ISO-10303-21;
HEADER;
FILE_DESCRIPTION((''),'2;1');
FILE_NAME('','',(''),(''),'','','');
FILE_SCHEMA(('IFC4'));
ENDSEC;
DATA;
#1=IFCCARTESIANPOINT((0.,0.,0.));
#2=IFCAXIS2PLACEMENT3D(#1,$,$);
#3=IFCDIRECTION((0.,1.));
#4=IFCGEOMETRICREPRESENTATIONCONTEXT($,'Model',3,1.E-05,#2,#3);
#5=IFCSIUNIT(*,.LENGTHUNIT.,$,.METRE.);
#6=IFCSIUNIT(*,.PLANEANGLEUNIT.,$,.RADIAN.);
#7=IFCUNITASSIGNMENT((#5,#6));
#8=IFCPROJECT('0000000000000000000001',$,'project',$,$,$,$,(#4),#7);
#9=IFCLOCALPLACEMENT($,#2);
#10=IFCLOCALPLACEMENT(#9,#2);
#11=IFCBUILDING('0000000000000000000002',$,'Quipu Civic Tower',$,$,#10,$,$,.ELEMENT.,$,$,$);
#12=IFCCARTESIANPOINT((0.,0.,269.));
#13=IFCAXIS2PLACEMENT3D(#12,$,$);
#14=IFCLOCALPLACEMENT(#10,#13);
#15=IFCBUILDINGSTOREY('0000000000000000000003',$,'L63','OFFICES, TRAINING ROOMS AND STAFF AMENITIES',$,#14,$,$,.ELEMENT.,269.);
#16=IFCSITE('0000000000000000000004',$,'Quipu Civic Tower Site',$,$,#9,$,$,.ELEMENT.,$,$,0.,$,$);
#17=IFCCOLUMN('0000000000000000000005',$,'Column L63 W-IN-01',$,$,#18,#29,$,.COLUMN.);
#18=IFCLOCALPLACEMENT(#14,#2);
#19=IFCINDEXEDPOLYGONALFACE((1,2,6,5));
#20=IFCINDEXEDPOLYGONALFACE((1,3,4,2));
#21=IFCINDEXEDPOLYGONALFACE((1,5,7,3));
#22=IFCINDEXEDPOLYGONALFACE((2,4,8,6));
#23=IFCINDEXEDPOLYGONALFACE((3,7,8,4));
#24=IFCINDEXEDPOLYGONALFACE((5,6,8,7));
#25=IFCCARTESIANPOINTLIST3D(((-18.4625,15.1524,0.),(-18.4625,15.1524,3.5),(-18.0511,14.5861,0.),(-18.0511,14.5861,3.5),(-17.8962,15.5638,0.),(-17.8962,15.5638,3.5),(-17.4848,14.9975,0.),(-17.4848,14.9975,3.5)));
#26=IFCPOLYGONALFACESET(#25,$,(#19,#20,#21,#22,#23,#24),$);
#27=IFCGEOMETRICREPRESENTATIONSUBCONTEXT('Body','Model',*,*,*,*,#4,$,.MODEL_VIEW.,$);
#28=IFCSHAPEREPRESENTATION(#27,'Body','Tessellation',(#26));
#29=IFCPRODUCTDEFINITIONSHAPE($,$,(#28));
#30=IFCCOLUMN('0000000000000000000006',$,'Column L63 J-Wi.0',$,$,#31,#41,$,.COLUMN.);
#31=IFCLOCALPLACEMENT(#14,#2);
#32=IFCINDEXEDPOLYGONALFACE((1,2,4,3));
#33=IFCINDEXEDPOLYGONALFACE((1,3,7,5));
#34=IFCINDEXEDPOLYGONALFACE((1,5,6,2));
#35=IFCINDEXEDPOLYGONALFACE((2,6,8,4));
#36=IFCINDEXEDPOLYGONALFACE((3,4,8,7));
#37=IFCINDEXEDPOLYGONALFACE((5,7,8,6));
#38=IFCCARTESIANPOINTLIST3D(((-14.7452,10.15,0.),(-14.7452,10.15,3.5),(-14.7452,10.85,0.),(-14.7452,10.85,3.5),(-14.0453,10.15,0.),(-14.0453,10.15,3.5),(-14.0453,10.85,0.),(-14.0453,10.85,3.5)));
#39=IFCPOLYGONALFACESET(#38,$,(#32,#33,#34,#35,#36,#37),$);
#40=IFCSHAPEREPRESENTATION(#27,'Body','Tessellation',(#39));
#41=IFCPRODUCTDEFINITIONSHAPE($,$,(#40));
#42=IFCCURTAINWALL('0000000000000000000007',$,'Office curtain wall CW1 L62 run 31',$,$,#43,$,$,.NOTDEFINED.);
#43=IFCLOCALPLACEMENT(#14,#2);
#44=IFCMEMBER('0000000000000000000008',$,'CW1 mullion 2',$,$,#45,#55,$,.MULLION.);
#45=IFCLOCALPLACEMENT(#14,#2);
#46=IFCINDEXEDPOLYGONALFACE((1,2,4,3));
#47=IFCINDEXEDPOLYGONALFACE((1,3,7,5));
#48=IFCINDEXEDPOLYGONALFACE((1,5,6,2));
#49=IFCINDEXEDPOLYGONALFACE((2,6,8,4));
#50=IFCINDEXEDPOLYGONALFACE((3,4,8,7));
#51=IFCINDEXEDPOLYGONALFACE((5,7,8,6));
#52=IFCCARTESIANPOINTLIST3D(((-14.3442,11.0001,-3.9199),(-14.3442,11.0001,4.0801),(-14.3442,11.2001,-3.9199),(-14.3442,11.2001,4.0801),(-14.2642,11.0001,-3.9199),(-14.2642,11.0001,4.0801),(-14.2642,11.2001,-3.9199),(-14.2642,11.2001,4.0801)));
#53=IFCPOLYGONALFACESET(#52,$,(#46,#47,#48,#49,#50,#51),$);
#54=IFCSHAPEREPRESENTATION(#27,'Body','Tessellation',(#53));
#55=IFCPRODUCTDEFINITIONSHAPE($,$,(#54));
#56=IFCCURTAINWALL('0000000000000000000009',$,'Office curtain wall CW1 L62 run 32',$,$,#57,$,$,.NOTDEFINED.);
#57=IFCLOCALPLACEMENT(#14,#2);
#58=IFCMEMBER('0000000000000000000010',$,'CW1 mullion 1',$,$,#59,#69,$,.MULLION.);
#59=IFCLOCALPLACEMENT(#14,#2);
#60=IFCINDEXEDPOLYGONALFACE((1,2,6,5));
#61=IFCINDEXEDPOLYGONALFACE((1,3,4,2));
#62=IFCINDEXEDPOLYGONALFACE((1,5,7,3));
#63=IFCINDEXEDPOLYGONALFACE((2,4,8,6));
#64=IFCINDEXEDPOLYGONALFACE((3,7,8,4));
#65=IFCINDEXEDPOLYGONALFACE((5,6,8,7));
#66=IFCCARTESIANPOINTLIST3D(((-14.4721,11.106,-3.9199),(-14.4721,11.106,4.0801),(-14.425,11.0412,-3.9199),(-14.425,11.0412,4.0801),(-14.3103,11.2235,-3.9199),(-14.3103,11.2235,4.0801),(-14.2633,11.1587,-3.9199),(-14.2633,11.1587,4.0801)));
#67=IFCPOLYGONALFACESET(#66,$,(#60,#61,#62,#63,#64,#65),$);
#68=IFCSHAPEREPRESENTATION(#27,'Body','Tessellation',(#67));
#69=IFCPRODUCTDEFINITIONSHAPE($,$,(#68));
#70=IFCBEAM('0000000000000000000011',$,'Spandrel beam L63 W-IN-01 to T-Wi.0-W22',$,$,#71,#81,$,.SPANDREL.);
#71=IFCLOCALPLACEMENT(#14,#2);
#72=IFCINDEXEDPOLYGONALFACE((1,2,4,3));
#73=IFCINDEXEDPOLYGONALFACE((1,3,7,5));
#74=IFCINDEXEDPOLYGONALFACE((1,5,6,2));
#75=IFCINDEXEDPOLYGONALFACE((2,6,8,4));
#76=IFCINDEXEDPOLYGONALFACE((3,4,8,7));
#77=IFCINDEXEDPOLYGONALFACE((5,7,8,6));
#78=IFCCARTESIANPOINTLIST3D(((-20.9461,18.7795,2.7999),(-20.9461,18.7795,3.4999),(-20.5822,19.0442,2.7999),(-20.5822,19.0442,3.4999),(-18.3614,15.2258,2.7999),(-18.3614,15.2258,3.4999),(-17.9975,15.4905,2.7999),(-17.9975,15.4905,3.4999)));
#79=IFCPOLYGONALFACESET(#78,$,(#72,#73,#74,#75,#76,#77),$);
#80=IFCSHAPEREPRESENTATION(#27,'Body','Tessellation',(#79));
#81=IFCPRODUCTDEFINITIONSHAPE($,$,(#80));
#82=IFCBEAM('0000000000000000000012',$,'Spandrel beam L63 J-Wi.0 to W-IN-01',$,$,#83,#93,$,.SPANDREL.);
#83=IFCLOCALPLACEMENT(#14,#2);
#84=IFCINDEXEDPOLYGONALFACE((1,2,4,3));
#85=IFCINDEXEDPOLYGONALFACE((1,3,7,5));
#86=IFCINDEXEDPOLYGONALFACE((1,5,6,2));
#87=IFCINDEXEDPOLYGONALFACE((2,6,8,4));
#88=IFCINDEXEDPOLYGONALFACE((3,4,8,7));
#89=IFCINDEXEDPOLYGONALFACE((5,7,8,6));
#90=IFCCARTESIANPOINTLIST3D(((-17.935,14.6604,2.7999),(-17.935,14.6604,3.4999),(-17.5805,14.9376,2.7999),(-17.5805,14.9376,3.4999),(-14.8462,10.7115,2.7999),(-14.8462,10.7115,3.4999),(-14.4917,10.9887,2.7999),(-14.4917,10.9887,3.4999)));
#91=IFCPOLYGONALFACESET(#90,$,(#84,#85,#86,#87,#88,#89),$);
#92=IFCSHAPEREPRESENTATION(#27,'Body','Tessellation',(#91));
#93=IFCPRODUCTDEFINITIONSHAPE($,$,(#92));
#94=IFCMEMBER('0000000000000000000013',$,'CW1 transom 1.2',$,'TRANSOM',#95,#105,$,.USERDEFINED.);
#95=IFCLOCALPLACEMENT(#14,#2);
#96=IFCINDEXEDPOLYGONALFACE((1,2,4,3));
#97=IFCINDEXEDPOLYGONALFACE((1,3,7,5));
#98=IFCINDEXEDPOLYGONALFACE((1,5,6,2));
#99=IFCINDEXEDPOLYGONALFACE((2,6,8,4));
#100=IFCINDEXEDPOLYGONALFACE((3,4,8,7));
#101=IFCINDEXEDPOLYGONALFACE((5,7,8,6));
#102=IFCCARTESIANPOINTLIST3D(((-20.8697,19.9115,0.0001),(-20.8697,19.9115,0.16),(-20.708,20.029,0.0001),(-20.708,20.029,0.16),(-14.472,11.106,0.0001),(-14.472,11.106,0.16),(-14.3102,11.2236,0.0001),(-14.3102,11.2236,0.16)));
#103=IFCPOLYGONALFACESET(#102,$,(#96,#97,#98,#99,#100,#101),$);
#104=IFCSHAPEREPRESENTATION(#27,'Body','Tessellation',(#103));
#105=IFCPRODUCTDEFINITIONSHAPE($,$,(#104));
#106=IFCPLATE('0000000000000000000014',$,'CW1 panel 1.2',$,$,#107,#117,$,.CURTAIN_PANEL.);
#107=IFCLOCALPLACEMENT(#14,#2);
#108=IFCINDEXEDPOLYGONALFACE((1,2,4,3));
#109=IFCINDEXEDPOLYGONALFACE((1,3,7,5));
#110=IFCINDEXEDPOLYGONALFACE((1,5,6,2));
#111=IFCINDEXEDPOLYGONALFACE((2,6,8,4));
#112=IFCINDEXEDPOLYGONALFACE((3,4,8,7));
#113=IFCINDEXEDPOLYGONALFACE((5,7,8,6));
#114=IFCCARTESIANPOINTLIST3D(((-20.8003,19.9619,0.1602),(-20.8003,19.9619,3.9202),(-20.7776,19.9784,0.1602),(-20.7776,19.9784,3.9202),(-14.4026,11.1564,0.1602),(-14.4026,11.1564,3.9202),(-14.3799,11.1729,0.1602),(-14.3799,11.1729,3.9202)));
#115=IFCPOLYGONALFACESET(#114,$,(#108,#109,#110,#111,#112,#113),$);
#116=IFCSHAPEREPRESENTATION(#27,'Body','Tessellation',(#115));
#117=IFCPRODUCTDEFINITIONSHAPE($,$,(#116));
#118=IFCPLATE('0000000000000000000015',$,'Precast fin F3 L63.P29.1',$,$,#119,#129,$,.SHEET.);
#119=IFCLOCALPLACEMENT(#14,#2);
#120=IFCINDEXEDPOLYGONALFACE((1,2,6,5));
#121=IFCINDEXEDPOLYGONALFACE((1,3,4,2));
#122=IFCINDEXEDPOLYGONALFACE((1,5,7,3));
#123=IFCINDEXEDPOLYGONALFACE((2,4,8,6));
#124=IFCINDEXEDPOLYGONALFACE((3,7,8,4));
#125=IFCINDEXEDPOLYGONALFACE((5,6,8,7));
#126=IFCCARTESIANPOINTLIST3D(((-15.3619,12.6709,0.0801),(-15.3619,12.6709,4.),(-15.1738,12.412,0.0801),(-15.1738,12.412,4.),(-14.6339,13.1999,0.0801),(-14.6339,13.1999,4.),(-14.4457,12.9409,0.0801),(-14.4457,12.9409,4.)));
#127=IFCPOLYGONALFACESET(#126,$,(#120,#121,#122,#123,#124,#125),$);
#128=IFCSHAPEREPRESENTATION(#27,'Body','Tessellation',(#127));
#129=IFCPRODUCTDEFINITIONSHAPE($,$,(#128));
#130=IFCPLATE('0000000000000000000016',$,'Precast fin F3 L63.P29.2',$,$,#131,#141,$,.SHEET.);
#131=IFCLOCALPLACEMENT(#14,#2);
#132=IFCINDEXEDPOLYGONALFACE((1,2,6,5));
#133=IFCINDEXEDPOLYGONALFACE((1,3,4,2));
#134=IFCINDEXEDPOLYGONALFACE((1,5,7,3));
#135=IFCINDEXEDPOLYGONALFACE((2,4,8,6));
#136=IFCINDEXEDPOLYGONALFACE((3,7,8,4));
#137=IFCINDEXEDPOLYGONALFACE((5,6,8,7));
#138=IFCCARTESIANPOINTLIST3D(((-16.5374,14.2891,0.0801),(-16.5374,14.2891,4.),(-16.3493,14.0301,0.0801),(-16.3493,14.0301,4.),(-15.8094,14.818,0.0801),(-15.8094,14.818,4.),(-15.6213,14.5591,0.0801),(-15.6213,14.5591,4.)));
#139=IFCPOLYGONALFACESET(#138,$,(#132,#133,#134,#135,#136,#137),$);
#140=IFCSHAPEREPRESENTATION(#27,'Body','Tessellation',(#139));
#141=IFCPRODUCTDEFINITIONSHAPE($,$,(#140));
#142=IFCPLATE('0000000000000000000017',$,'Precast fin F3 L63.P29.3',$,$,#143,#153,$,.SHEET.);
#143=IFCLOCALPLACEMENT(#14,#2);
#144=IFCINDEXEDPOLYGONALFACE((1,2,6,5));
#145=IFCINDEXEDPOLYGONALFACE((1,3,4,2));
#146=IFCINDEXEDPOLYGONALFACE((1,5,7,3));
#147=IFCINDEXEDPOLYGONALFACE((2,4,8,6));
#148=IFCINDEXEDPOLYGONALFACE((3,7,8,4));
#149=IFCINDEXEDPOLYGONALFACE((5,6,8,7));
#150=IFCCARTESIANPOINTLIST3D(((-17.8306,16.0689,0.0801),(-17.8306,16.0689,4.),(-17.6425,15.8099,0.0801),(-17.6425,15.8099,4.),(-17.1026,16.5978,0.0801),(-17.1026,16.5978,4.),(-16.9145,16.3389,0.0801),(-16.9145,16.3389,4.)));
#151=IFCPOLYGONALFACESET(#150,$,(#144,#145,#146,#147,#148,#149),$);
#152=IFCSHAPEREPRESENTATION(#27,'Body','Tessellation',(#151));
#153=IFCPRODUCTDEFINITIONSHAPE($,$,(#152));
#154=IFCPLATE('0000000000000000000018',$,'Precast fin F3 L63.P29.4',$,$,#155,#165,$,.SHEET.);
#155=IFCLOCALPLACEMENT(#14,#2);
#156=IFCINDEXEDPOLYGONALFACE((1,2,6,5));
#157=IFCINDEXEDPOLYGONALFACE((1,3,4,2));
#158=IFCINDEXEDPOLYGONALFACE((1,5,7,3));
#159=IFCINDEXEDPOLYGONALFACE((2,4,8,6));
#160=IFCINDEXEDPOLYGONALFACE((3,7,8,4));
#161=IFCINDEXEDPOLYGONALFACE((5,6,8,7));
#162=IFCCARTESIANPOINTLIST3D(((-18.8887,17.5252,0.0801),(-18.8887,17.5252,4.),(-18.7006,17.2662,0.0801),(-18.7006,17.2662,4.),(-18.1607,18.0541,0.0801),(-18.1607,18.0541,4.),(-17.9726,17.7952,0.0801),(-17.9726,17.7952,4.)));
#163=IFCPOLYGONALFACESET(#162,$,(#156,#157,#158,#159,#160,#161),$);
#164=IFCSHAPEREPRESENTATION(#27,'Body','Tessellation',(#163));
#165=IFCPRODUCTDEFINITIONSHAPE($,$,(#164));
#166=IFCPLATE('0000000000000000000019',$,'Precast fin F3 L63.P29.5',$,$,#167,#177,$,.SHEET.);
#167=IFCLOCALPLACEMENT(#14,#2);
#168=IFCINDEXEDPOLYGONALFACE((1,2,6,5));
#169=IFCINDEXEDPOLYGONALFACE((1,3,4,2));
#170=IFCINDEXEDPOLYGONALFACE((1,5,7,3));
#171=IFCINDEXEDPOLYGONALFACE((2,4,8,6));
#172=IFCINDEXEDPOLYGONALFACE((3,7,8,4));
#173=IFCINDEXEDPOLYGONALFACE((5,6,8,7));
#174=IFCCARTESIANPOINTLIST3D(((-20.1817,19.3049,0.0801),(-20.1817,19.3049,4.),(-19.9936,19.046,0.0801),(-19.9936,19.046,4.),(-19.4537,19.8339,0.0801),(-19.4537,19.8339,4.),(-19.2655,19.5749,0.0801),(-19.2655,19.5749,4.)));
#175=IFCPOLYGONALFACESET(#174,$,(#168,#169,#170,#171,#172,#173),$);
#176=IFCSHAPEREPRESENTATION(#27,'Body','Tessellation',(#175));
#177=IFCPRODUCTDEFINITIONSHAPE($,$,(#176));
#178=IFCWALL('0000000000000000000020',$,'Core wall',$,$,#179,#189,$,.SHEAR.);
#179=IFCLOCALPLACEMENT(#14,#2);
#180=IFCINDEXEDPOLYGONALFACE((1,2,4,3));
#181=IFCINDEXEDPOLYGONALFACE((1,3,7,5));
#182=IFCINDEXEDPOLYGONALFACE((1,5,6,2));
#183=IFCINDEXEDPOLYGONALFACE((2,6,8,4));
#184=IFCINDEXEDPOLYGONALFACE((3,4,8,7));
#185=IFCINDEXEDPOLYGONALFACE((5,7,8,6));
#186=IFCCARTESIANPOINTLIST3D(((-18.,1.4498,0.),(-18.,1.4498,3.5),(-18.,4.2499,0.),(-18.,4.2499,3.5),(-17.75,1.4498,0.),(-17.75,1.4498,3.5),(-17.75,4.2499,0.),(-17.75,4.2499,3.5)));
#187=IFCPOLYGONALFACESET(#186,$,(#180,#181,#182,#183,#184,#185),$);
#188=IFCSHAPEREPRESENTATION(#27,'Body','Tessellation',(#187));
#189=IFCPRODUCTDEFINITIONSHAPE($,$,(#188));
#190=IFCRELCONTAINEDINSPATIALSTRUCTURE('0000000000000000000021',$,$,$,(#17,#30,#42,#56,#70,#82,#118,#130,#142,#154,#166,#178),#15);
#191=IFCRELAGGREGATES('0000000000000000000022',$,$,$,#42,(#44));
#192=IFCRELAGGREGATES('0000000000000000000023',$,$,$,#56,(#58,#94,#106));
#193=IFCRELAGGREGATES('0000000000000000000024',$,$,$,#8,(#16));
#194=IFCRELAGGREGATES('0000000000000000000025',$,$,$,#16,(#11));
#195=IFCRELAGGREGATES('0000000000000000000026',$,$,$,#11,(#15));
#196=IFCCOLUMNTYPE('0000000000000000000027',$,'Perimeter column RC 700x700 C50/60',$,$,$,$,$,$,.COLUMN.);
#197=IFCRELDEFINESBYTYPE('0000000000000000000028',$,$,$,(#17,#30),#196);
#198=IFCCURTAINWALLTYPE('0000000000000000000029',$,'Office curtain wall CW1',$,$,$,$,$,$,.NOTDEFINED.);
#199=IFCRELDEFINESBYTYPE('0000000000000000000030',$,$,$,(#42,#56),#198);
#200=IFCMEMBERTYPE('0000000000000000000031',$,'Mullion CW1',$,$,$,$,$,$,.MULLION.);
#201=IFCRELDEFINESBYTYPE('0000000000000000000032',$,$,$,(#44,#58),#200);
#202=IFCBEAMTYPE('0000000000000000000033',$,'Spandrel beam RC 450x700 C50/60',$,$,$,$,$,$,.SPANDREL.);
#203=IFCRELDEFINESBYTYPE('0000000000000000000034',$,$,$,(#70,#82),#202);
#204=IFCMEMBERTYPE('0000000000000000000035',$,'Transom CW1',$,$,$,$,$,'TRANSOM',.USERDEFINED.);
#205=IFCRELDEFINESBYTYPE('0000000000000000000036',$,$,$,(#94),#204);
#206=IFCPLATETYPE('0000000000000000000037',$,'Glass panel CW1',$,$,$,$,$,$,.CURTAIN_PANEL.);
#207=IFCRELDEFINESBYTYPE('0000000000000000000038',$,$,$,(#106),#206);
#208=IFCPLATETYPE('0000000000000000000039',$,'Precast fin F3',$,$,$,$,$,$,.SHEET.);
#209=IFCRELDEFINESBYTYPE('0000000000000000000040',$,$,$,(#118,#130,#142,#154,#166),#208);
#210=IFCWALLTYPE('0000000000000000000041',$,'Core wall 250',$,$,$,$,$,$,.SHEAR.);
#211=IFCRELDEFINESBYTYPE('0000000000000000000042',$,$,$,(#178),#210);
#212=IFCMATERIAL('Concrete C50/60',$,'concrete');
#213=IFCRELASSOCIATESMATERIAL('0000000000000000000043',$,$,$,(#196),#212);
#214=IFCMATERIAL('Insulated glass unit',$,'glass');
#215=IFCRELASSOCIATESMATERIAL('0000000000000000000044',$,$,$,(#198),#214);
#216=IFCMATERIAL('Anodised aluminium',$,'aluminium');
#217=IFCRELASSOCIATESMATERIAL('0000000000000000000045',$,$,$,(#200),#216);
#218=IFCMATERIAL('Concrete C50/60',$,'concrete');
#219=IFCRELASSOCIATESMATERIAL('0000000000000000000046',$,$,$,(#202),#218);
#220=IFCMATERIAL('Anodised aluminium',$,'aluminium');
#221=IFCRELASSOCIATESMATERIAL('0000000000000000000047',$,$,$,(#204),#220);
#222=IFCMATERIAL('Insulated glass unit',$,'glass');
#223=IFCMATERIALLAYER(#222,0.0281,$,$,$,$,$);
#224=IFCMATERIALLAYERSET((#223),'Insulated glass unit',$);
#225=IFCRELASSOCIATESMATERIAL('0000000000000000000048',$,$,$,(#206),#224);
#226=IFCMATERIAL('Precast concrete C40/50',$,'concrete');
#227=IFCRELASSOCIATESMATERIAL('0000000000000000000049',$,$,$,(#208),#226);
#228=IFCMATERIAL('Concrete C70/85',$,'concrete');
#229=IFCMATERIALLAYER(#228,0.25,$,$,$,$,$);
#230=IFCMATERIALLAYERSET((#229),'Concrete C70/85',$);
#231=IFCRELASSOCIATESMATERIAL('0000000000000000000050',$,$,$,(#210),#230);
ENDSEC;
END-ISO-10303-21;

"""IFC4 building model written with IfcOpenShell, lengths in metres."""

from ifc_helpers import new_model, si_unit, direction, frame, frame_2d, origin, origin_2d, place, context, subcontext, project, spatial, rectangle, extrude, material, layer, layer_set, material_profile, profile_set, type_object, element, aggregate, save


model = new_model("IFC4")

# Units and contexts
model_context = context("Model", 3, precision=1e-05, world=origin(), true_north=direction((0.0, 1.0)))
body_context = subcontext(model_context, "Body", "Model", "MODEL_VIEW")
ifc_project = project(units=[si_unit("LENGTHUNIT", "METRE"), si_unit("PLANEANGLEUNIT", "RADIAN")], contexts=[model_context])

# Site, building, storey
site_placement = place(None, origin())
site = spatial("IfcSite", under=ifc_project, at=site_placement, Name="Quipu Civic Tower Site", CompositionType="ELEMENT", RefElevation=0.0)
building_placement = place(site_placement, origin())
building = spatial("IfcBuilding", under=site, at=building_placement, Name="Quipu Civic Tower", CompositionType="ELEMENT")
storey_placement = place(building_placement, frame((0.0, 0.0, 269.0)))
storey = spatial("IfcBuildingStorey", under=building, at=storey_placement, Name="L63", Description="OFFICES, TRAINING ROOMS AND STAFF AMENITIES", CompositionType="ELEMENT", Elevation=269.0)

# Columns
ifc_material_1 = material(Name="Concrete C50/60", Category="concrete")
ifc_material_profile_1 = material_profile(ifc_material_1, rectangle(XDim=0.7, YDim=0.7, at=origin_2d()), Name="RC700x700")
ifc_profile_set_1 = profile_set([ifc_material_profile_1], Name="Concrete C50/60")
column_type = type_object("IfcColumnType", Name="Perimeter column RC 700x700 C50/60", PredefinedType="COLUMN", material=ifc_profile_set_1)
for number, where, z_axis, x_axis, name in (
    (1, (-17.9736, 15.075, 0.0), (0.0, 0.0, 1.0), (-0.587785, 0.809017, 0.0), "Column L63 W-IN-01"),
    (2, (-14.3953, 10.5, 0.0), (0.0, 0.0, 1.0), (-1.0, 0.0, 0.0), "Column L63 J-Wi.0"),
):
    element("IfcColumn", number, at=place(storey_placement, frame(where, z_axis=z_axis, x_axis=x_axis)), inside=storey, type_object=column_type, Name=name, PredefinedType="COLUMN", context=body_context, shape_type="SweptSolid", body=[
        extrude(rectangle(XDim=0.7, YDim=0.7, at=origin_2d()), origin(), (0.0, 0.0, 1.0), 3.5),
    ])

# Curtain walls, members
ifc_material_2 = material(Name="Insulated glass unit", Category="glass")
curtain_wall_type = type_object("IfcCurtainWallType", Name="Office curtain wall CW1", PredefinedType="NOTDEFINED", material=ifc_material_2)
curtain_wall_1_placement = place(storey_placement, origin())
curtain_wall_1 = element("IfcCurtainWall", 3, at=curtain_wall_1_placement, inside=storey, type_object=curtain_wall_type, Name="Office curtain wall CW1 L62 run 31", PredefinedType="NOTDEFINED")
ifc_material_3 = material(Name="Anodised aluminium", Category="aluminium")
ifc_material_profile_2 = material_profile(ifc_material_3, rectangle(XDim=0.2, YDim=0.0801, at=origin_2d()), Name="RECT 200x80")
ifc_profile_set_2 = profile_set([ifc_material_profile_2], Name="Anodised aluminium")
member_type_1 = type_object("IfcMemberType", Name="Mullion CW1", PredefinedType="MULLION", material=ifc_profile_set_2)
member_1_placement = place(storey_placement, frame((-14.3042, 11.1001, -3.9199), z_axis=(0.0, 0.0, 1.0), x_axis=(0.0, -1.0, 0.0)))
member_1 = element("IfcMember", 4, at=member_1_placement, type_object=member_type_1, Name="CW1 mullion 2", PredefinedType="MULLION", context=body_context, shape_type="SweptSolid", body=[
    extrude(rectangle(XDim=0.2, YDim=0.0801, at=origin_2d()), origin(), (0.0, 0.0, 1.0), 8.0),
])
aggregate(curtain_wall_1, [member_1])
curtain_wall_2_placement = place(storey_placement, origin())
curtain_wall_2 = element("IfcCurtainWall", 5, at=curtain_wall_2_placement, inside=storey, type_object=curtain_wall_type, Name="Office curtain wall CW1 L62 run 32", PredefinedType="NOTDEFINED")
member_2_placement = place(storey_placement, frame((-14.3677, 11.1323, -3.9199), z_axis=(0.0, 0.0, 1.0), x_axis=(-0.809015, -0.587788, 0.0)))
member_2 = element("IfcMember", 6, at=member_2_placement, type_object=member_type_1, Name="CW1 mullion 1", PredefinedType="MULLION", context=body_context, shape_type="SweptSolid", body=[
    extrude(rectangle(XDim=0.2, YDim=0.0801, at=origin_2d()), origin(), (0.0, 0.0, 1.0), 8.0),
])

# Beams
ifc_material_4 = material(Name="Concrete C50/60", Category="concrete")
ifc_material_profile_3 = material_profile(ifc_material_4, rectangle(XDim=0.45, YDim=0.7, at=origin_2d()), Name="RC450x700")
ifc_profile_set_3 = profile_set([ifc_material_profile_3], Name="Concrete C50/60")
beam_type = type_object("IfcBeamType", Name="Spandrel beam RC 450x700 C50/60", PredefinedType="SPANDREL", material=ifc_profile_set_3)
beam_1_placement = place(storey_placement, frame((-18.1794, 15.3582, 3.1499), z_axis=(-0.588201, 0.808714, 0.0), x_axis=(-0.808714, -0.588201, 0.0)))
element("IfcBeam", 7, at=beam_1_placement, inside=storey, type_object=beam_type, Name="Spandrel beam L63 W-IN-01 to T-Wi.0-W22", PredefinedType="SPANDREL", context=body_context, shape_type="SweptSolid", body=[
    extrude(rectangle(XDim=0.45, YDim=0.7, at=origin_2d()), origin(), (0.0, 0.0, 1.0), 4.3943),
])
beam_2_placement = place(storey_placement, frame((-14.6689, 10.8501, 3.1499), z_axis=(-0.616106, 0.787663, 0.0), x_axis=(-0.787663, -0.616106, 0.0)))
element("IfcBeam", 8, at=beam_2_placement, inside=storey, type_object=beam_type, Name="Spandrel beam L63 J-Wi.0 to W-IN-01", PredefinedType="SPANDREL", context=body_context, shape_type="SweptSolid", body=[
    extrude(rectangle(XDim=0.45, YDim=0.7, at=origin_2d()), origin(), (0.0, 0.0, 1.0), 5.0134),
])

# Member
ifc_material_5 = material(Name="Anodised aluminium", Category="aluminium")
ifc_material_profile_4 = material_profile(ifc_material_5, rectangle(XDim=0.2, YDim=0.1599, at=origin_2d()), Name="RECT 200x160")
ifc_profile_set_4 = profile_set([ifc_material_profile_4], Name="Anodised aluminium")
member_type_2 = type_object("IfcMemberType", Name="Transom CW1", ElementType="TRANSOM", PredefinedType="USERDEFINED", material=ifc_profile_set_4)
member_3_placement = place(storey_placement, frame((-14.3911, 11.1648, 0.0801), z_axis=(-0.587797, 0.809009, 0.0), x_axis=(-0.809009, -0.587797, 0.0)))
member_3 = element("IfcMember", 9, at=member_3_placement, type_object=member_type_2, Name="CW1 transom 1.2", ObjectType="TRANSOM", PredefinedType="USERDEFINED", context=body_context, shape_type="SweptSolid", body=[
    extrude(rectangle(XDim=0.2, YDim=0.1599, at=origin_2d()), origin(), (0.0, 0.0, 1.0), 10.8843),
])

# Plate
ifc_material_6 = material(Name="Insulated glass unit", Category="glass")
ifc_layer_1 = layer(ifc_material_6, 0.0281)
ifc_layer_set_1 = layer_set([ifc_layer_1], Name="Insulated glass unit")
plate_type_1 = type_object("IfcPlateType", Name="Glass panel CW1", PredefinedType="CURTAIN_PANEL", material=ifc_layer_set_1)
plate_placement = place(storey_placement, frame((-17.5901, 15.5674, 0.1602), z_axis=(0.0, 0.0, 1.0), x_axis=(-0.587788, 0.809015, 0.0)))
plate = element("IfcPlate", 10, at=plate_placement, type_object=plate_type_1, Name="CW1 panel 1.2", PredefinedType="CURTAIN_PANEL", context=body_context, shape_type="SweptSolid", body=[
    extrude(rectangle(XDim=10.8843, YDim=0.0281, at=origin_2d()), origin(), (0.0, 0.0, 1.0), 3.76),
])
aggregate(curtain_wall_2, [member_2, member_3, plate])

# Plates
ifc_material_7 = material(Name="Precast concrete C40/50", Category="concrete")
plate_type_2 = type_object("IfcPlateType", Name="Precast fin F3", PredefinedType="SHEET", material=ifc_material_7)
for number, where, z_axis, x_axis, name in (
    (11, (-14.9038, 12.8059, 0.0801), (0.0, 0.0, 1.0), (-0.587784, 0.809018, 0.0), "Precast fin F3 L63.P29.1"),
    (12, (-16.0793, 14.4241, 0.0801), (0.0, 0.0, 1.0), (-0.587784, 0.809018, 0.0), "Precast fin F3 L63.P29.2"),
    (13, (-17.3726, 16.2039, 0.0801), (0.0, 0.0, 1.0), (-0.587784, 0.809018, 0.0), "Precast fin F3 L63.P29.3"),
    (14, (-18.4307, 17.6602, 0.0801), (0.0, 0.0, 1.0), (-0.587784, 0.809018, 0.0), "Precast fin F3 L63.P29.4"),
    (15, (-19.7236, 19.4399, 0.0801), (0.0, 0.0, 1.0), (-0.587784, 0.809018, 0.0), "Precast fin F3 L63.P29.5"),
):
    element("IfcPlate", number, at=place(storey_placement, frame(where, z_axis=z_axis, x_axis=x_axis)), inside=storey, type_object=plate_type_2, Name=name, PredefinedType="SHEET", context=body_context, shape_type="SweptSolid", body=[
        extrude(rectangle(XDim=0.3201, YDim=0.8999, at=origin_2d()), origin(), (0.0, 0.0, 1.0), 3.9199),
    ])

# Wall
ifc_material_8 = material(Name="Concrete C70/85", Category="concrete")
ifc_layer_2 = layer(ifc_material_8, 0.25)
ifc_layer_set_2 = layer_set([ifc_layer_2], Name="Concrete C70/85")
wall_type_1 = type_object("IfcWallType", Name="Core wall 250", PredefinedType="SHEAR", material=ifc_layer_set_2)
wall_1_placement = place(storey_placement, frame((-17.875, 1.45, 0.0), z_axis=(0.0, 0.0, 1.0), x_axis=(0.0, 1.0, 0.0)))
element("IfcWall", 16, at=wall_1_placement, inside=storey, type_object=wall_type_1, Name="Core wall", PredefinedType="SHEAR", context=body_context, shape_type="SweptSolid", body=[
    extrude(rectangle(XDim=2.8, YDim=0.25, at=frame_2d((1.3999, 0.0))), origin(), (0.0, 0.0, 1.0), 3.5),
])

save(model, "model.ifc")
